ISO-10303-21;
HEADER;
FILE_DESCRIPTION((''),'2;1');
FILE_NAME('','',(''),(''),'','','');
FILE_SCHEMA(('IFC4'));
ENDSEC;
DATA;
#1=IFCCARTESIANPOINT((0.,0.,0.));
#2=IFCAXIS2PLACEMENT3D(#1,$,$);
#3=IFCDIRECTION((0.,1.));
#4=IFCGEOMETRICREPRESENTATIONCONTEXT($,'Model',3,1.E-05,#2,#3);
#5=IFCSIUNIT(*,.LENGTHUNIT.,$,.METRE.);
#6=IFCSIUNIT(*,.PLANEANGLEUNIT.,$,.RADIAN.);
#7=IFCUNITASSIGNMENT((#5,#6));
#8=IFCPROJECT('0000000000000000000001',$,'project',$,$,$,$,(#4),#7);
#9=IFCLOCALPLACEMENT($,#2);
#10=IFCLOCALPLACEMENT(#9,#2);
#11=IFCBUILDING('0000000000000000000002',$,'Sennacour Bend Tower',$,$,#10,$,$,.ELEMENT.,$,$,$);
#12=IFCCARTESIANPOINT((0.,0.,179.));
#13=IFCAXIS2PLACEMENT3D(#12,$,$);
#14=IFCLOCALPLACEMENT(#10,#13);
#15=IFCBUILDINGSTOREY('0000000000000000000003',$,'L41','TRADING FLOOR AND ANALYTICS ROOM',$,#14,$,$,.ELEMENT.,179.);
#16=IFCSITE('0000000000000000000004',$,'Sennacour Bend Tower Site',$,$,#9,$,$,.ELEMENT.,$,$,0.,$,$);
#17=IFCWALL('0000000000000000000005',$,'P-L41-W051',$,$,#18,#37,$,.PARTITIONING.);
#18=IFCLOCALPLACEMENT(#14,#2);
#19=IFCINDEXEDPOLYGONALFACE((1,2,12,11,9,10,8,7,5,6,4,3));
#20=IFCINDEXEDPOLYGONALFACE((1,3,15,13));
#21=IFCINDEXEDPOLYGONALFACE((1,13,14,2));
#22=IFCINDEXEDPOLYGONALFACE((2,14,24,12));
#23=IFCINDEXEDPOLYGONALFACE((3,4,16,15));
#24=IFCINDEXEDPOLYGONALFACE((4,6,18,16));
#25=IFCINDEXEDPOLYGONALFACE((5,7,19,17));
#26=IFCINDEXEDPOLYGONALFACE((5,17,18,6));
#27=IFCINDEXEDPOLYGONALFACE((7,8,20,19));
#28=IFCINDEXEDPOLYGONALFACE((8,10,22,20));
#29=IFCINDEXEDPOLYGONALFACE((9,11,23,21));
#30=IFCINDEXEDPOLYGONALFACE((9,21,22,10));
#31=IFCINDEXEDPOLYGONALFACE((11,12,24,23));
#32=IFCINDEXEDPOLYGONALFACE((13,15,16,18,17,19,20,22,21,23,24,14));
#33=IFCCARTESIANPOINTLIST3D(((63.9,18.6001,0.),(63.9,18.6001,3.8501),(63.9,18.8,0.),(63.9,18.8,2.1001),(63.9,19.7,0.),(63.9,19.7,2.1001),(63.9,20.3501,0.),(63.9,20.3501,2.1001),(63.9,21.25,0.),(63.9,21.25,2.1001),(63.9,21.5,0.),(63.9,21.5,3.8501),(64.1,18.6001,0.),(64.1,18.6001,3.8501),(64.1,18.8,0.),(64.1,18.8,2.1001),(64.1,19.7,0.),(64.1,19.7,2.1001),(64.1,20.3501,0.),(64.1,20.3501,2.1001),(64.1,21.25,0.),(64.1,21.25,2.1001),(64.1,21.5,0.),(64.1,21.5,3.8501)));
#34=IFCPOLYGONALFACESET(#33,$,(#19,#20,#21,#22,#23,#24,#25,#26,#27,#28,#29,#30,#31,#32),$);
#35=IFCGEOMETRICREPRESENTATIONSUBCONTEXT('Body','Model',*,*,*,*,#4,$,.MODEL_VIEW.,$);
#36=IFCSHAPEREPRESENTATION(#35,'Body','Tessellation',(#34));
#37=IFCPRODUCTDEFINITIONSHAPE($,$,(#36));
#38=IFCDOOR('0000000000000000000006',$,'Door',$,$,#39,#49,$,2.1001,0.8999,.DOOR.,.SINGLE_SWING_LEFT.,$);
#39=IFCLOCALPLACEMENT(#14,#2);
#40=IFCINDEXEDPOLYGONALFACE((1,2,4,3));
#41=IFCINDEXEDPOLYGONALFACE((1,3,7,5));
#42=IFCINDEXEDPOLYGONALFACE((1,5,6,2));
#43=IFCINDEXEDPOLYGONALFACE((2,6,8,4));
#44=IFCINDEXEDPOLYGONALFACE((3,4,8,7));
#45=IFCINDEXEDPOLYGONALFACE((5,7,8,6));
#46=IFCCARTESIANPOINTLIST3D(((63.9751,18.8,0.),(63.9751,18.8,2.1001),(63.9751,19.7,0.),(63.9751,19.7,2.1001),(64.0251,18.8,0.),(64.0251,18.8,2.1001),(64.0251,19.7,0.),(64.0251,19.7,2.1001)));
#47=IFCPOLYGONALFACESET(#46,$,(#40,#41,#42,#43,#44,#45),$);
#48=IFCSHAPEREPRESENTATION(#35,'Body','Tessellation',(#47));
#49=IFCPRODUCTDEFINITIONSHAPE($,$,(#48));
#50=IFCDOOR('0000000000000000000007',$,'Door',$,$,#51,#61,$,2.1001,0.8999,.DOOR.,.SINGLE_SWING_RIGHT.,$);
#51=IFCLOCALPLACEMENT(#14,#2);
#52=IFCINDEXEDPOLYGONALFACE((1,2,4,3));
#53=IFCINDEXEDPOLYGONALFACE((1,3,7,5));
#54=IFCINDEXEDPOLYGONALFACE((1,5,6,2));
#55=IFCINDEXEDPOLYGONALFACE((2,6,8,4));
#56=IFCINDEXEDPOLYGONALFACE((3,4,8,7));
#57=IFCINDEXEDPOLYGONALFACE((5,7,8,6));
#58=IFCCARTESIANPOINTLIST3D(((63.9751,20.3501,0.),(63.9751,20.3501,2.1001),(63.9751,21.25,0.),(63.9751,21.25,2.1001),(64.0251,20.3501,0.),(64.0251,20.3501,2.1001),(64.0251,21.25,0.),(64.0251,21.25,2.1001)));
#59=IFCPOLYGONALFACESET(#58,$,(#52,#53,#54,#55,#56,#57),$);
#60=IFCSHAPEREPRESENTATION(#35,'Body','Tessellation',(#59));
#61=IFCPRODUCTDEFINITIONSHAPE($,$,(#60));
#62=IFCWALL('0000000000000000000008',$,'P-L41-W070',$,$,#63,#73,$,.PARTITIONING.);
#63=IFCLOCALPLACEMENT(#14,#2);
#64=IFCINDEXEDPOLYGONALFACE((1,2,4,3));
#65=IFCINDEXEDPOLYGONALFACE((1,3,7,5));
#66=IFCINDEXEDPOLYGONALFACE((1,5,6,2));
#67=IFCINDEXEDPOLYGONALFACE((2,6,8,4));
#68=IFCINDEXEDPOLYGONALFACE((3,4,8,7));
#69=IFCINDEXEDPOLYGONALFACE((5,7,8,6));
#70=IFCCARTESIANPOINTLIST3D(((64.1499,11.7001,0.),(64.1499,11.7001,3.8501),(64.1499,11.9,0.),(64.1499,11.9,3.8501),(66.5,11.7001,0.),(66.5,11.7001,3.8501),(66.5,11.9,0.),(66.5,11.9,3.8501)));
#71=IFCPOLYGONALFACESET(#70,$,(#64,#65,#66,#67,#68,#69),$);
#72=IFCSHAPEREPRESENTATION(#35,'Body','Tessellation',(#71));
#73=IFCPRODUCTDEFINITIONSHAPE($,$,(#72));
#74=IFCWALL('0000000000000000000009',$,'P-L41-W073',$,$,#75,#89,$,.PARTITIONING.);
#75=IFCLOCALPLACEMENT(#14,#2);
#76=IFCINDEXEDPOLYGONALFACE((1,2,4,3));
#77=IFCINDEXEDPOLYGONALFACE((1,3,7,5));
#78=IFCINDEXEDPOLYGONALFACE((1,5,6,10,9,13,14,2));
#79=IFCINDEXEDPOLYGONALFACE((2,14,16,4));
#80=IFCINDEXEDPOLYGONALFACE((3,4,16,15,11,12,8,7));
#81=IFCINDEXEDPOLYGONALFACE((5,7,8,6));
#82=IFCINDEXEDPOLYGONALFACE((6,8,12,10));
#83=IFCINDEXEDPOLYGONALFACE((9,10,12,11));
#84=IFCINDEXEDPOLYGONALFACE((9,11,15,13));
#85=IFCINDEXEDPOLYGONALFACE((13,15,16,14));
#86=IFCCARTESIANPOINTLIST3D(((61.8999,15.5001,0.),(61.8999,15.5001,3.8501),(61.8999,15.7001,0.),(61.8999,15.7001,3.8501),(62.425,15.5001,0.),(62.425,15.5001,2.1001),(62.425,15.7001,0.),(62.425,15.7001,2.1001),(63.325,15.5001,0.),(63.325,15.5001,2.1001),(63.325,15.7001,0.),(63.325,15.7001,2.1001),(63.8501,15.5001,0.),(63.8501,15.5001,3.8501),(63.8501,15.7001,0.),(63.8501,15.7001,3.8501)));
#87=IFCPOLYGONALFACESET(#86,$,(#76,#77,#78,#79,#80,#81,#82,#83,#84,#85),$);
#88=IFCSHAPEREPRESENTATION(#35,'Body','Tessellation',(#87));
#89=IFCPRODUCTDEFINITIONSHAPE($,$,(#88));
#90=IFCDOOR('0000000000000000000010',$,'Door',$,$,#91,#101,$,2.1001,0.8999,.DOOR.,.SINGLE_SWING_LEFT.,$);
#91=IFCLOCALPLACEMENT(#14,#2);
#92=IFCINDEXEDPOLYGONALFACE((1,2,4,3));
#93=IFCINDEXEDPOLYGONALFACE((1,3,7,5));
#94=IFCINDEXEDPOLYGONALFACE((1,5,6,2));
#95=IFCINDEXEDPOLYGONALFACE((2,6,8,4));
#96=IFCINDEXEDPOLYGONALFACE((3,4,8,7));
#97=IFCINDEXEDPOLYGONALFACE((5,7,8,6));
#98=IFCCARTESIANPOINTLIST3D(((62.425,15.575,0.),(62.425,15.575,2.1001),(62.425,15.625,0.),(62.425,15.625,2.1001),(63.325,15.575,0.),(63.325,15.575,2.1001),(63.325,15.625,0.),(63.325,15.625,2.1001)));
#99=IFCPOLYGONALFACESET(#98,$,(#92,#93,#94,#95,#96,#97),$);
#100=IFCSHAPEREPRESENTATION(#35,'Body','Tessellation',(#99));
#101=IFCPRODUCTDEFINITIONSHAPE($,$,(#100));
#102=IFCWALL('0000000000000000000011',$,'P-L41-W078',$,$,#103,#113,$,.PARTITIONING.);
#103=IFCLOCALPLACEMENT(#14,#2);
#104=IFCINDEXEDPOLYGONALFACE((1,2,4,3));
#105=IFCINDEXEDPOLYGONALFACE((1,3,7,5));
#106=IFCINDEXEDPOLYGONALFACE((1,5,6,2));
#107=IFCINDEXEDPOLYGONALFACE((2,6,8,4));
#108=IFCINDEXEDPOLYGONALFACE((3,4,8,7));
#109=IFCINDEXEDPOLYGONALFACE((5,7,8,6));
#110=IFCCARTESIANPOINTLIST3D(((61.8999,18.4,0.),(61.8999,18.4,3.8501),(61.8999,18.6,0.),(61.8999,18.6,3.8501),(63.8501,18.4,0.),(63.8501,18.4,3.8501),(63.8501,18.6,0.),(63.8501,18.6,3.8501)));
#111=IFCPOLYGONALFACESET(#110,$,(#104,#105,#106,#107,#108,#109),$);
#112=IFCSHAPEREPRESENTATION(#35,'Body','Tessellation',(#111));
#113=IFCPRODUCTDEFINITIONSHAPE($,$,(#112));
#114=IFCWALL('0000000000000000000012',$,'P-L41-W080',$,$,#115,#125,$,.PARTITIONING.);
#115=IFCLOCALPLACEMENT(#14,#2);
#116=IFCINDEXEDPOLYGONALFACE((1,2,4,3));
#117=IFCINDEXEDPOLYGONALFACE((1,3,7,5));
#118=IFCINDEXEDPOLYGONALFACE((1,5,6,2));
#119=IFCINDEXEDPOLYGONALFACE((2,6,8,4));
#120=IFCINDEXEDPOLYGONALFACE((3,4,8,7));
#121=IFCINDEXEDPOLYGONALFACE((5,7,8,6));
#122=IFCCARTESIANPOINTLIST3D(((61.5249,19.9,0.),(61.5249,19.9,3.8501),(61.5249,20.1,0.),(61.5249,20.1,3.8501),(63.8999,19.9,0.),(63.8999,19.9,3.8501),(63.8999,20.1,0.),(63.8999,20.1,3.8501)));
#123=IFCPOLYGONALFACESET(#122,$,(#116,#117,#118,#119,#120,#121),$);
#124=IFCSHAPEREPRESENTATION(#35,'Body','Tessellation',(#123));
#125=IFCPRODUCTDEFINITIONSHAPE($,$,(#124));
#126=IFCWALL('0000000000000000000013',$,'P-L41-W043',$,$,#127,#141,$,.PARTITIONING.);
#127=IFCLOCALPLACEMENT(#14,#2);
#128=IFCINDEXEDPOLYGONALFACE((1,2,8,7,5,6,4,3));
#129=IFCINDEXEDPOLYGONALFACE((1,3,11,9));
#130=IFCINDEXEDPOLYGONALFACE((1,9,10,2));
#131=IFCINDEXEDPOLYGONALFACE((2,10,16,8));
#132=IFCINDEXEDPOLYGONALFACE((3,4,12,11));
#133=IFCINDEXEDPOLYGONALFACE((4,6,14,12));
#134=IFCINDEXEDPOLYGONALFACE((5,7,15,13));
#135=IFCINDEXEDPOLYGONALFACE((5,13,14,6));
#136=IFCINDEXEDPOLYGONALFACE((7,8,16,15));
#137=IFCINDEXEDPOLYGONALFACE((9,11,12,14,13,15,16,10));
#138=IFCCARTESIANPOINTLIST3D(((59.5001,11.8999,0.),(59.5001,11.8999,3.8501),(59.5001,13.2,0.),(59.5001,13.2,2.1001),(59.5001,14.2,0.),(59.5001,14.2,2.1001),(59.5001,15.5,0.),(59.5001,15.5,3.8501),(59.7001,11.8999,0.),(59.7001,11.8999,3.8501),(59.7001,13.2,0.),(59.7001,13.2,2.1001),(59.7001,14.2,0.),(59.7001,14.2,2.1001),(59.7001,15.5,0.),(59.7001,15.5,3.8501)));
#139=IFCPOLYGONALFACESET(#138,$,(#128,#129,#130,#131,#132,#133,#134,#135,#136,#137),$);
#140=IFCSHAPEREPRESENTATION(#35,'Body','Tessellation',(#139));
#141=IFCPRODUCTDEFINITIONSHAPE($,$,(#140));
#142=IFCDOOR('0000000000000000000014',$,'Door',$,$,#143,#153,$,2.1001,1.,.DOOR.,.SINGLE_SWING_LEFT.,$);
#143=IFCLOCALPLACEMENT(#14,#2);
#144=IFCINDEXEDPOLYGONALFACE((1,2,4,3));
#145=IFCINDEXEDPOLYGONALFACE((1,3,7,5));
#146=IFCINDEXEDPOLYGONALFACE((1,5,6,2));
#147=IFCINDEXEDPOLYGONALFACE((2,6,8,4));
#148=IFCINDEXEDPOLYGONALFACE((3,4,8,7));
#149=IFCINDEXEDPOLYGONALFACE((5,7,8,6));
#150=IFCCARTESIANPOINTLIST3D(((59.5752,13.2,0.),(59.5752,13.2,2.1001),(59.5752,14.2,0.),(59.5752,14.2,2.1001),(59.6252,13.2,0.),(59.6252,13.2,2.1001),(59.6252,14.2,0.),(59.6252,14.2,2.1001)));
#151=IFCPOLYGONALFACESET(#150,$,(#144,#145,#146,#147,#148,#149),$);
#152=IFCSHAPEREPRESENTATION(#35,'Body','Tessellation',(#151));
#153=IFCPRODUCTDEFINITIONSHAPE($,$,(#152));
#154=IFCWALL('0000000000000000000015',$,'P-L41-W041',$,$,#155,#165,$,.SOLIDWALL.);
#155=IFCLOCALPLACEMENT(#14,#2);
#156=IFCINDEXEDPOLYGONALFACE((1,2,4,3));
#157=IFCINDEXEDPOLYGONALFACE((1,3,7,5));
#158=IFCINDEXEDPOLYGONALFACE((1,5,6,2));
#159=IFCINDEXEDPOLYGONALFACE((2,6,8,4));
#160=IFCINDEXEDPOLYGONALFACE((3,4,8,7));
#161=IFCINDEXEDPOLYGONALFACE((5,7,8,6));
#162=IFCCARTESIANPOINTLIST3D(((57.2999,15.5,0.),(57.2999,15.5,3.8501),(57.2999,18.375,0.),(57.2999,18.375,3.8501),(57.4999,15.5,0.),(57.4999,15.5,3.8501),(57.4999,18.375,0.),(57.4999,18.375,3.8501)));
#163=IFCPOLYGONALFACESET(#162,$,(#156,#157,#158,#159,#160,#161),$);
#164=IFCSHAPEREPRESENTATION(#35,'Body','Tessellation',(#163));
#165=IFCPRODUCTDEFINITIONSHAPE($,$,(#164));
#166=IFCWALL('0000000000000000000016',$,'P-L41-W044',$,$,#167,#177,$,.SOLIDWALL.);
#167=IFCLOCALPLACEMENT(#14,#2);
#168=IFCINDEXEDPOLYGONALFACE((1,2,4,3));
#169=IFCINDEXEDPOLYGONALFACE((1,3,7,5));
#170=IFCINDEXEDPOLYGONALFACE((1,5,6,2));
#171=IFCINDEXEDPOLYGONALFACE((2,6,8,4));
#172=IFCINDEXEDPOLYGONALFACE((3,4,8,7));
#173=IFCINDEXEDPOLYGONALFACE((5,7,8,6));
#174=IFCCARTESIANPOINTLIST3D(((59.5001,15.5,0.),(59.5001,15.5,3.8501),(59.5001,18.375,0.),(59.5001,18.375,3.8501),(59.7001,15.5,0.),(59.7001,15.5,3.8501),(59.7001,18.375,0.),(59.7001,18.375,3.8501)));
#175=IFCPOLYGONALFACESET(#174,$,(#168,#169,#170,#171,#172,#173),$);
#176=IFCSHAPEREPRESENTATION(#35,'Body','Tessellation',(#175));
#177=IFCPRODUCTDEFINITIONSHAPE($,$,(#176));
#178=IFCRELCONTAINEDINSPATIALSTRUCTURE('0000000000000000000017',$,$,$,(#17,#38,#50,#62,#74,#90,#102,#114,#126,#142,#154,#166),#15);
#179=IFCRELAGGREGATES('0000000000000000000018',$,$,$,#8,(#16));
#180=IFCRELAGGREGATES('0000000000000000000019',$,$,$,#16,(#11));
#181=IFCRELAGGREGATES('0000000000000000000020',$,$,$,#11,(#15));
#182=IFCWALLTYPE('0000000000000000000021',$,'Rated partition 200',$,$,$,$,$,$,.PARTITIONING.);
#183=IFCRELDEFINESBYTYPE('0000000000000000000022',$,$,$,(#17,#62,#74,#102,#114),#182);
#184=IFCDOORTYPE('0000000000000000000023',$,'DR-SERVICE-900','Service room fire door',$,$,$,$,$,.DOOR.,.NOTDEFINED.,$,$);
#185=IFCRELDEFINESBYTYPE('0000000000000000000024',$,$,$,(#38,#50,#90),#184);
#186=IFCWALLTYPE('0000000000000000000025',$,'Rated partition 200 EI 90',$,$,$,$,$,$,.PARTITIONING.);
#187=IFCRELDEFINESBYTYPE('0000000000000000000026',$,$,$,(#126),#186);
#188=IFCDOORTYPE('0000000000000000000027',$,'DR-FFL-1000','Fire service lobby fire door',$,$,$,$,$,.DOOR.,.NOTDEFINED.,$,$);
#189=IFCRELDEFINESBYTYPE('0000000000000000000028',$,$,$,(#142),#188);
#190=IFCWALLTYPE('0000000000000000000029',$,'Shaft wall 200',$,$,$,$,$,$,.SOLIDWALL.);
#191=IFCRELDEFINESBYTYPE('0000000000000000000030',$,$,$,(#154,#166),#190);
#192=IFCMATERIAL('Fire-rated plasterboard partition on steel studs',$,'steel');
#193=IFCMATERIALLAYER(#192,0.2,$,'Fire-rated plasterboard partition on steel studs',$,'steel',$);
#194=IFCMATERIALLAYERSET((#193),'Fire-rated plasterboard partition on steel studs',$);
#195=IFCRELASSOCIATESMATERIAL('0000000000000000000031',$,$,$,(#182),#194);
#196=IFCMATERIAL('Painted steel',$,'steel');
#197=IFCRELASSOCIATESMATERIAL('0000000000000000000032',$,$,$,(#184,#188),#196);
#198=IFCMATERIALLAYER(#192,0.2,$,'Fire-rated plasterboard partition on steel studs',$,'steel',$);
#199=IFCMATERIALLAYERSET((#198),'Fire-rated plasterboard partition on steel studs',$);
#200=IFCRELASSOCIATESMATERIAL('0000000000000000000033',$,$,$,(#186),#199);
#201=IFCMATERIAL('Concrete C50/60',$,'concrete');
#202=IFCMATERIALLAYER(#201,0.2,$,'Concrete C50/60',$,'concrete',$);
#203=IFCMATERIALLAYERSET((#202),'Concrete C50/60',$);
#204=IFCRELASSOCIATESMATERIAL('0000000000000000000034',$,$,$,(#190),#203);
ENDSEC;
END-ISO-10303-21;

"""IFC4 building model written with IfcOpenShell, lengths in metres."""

from ifc_helpers import new_model, si_unit, direction, frame, frame_2d, origin, place, context, subcontext, project, spatial, rectangle, extrude, material, layer, layer_set, type_object, element, fill, save


model = new_model("IFC4")

# Units and contexts
model_context = context("Model", 3, precision=1e-05, world=origin(), true_north=direction((0.0, 1.0)))
body_context = subcontext(model_context, "Body", "Model", "MODEL_VIEW")
ifc_project = project(units=[si_unit("LENGTHUNIT", "METRE"), si_unit("PLANEANGLEUNIT", "RADIAN")], contexts=[model_context])

# Site, building, storey
site_placement = place(None, origin())
site = spatial("IfcSite", under=ifc_project, at=site_placement, Name="Sennacour Bend Tower Site", CompositionType="ELEMENT", RefElevation=0.0)
building_placement = place(site_placement, origin())
building = spatial("IfcBuilding", under=site, at=building_placement, Name="Sennacour Bend Tower", CompositionType="ELEMENT")
storey_placement = place(building_placement, frame((0.0, 0.0, 179.0)))
storey = spatial("IfcBuildingStorey", under=building, at=storey_placement, Name="L41", Description="TRADING FLOOR AND ANALYTICS ROOM", CompositionType="ELEMENT", Elevation=179.0)

# Wall, openings, doors
ifc_material_1 = material(Name="Fire-rated plasterboard partition on steel studs", Category="steel")
ifc_layer_1 = layer(ifc_material_1, 0.2, Name="Fire-rated plasterboard partition on steel studs", Category="steel")
ifc_layer_set_1 = layer_set([ifc_layer_1], Name="Fire-rated plasterboard partition on steel studs")
wall_type_1 = type_object("IfcWallType", Name="Rated partition 200", PredefinedType="PARTITIONING", material=ifc_layer_set_1)
wall_1_placement = place(storey_placement, frame((64.0, 18.6001, 0.0), z_axis=(0.0, 0.0, 1.0), x_axis=(0.0, 1.0, 0.0)))
wall_1 = element("IfcWall", 1, at=wall_1_placement, inside=storey, type_object=wall_type_1, Name="P-L41-W051", PredefinedType="PARTITIONING", context=body_context, shape_type="SweptSolid", body=[
    extrude(rectangle(XDim=2.8999, YDim=0.2, at=frame_2d((1.45, 0.0))), origin(), (0.0, 0.0, 1.0), 3.8501),
])
opening_1_placement = place(wall_1_placement, frame((0.2, 0.0, 0.0)))
opening_1 = element("IfcOpeningElement", 2, at=opening_1_placement, cuts=wall_1, PredefinedType="OPENING", context=body_context, shape_type="SweptSolid", body=[
    extrude(rectangle(XDim=0.8999, YDim=2.1001, at=frame_2d((0.45, 1.05))), frame((0.0, 0.1099, 0.0), z_axis=(0.0, -1.0, 0.0), x_axis=(1.0, 0.0, 0.0)), (0.0, 0.0, 1.0), 0.22),
])
opening_2_placement = place(wall_1_placement, frame((1.75, 0.0, 0.0)))
opening_2 = element("IfcOpeningElement", 3, at=opening_2_placement, cuts=wall_1, PredefinedType="OPENING", context=body_context, shape_type="SweptSolid", body=[
    extrude(rectangle(XDim=0.8999, YDim=2.1001, at=frame_2d((0.45, 1.05))), frame((0.0, 0.1099, 0.0), z_axis=(0.0, -1.0, 0.0), x_axis=(1.0, 0.0, 0.0)), (0.0, 0.0, 1.0), 0.22),
])
ifc_material_2 = material(Name="Painted steel", Category="steel")
door_type_1 = type_object("IfcDoorType", Name="DR-SERVICE-900", Description="Service room fire door", OperationType="NOTDEFINED", PredefinedType="DOOR", material=ifc_material_2)
door_1_placement = place(opening_1_placement, origin())
door_1 = element("IfcDoor", 4, at=door_1_placement, inside=storey, type_object=door_type_1, Name="Door", OperationType="SINGLE_SWING_LEFT", OverallHeight=2.1001, OverallWidth=0.8999, PredefinedType="DOOR", context=body_context, shape_type="SweptSolid", body=[
    extrude(rectangle(XDim=0.8999, YDim=2.1001, at=frame_2d((0.45, 1.05))), frame((0.0, 0.0249, 0.0), z_axis=(0.0, -1.0, 0.0), x_axis=(1.0, 0.0, 0.0)), (0.0, 0.0, 1.0), 0.05),
])
fill(opening_1, door_1)
door_2_placement = place(opening_2_placement, origin())
door_2 = element("IfcDoor", 5, at=door_2_placement, inside=storey, type_object=door_type_1, Name="Door", OperationType="SINGLE_SWING_RIGHT", OverallHeight=2.1001, OverallWidth=0.8999, PredefinedType="DOOR", context=body_context, shape_type="SweptSolid", body=[
    extrude(rectangle(XDim=0.8999, YDim=2.1001, at=frame_2d((0.45, 1.05))), frame((0.0, 0.0249, 0.0), z_axis=(0.0, -1.0, 0.0), x_axis=(1.0, 0.0, 0.0)), (0.0, 0.0, 1.0), 0.05),
])
fill(opening_2, door_2)

# Wall
wall_2_placement = place(storey_placement, frame((64.1499, 11.8, 0.0), z_axis=(0.0, 0.0, 1.0), x_axis=(1.0, 0.0, 0.0)))
element("IfcWall", 6, at=wall_2_placement, inside=storey, type_object=wall_type_1, Name="P-L41-W070", PredefinedType="PARTITIONING", context=body_context, shape_type="SweptSolid", body=[
    extrude(rectangle(XDim=2.3501, YDim=0.2, at=frame_2d((1.175, 0.0))), origin(), (0.0, 0.0, 1.0), 3.8501),
])

# Wall, opening, door
wall_3_placement = place(storey_placement, frame((61.8999, 15.6001, 0.0), z_axis=(0.0, 0.0, 1.0), x_axis=(1.0, 0.0, 0.0)))
wall_3 = element("IfcWall", 7, at=wall_3_placement, inside=storey, type_object=wall_type_1, Name="P-L41-W073", PredefinedType="PARTITIONING", context=body_context, shape_type="SweptSolid", body=[
    extrude(rectangle(XDim=1.9502, YDim=0.2, at=frame_2d((0.9751, 0.0))), origin(), (0.0, 0.0, 1.0), 3.8501),
])
opening_3_placement = place(wall_3_placement, frame((0.5251, 0.0, 0.0)))
opening_3 = element("IfcOpeningElement", 8, at=opening_3_placement, cuts=wall_3, PredefinedType="OPENING", context=body_context, shape_type="SweptSolid", body=[
    extrude(rectangle(XDim=0.8999, YDim=2.1001, at=frame_2d((0.45, 1.05))), frame((0.0, 0.1099, 0.0), z_axis=(0.0, -1.0, 0.0), x_axis=(1.0, 0.0, 0.0)), (0.0, 0.0, 1.0), 0.22),
])
door_3_placement = place(opening_3_placement, origin())
door_3 = element("IfcDoor", 9, at=door_3_placement, inside=storey, type_object=door_type_1, Name="Door", OperationType="SINGLE_SWING_LEFT", OverallHeight=2.1001, OverallWidth=0.8999, PredefinedType="DOOR", context=body_context, shape_type="SweptSolid", body=[
    extrude(rectangle(XDim=0.8999, YDim=2.1001, at=frame_2d((0.45, 1.05))), frame((0.0, 0.0249, 0.0), z_axis=(0.0, -1.0, 0.0), x_axis=(1.0, 0.0, 0.0)), (0.0, 0.0, 1.0), 0.05),
])
fill(opening_3, door_3)

# Walls
wall_4_placement = place(storey_placement, frame((61.8999, 18.5, 0.0), z_axis=(0.0, 0.0, 1.0), x_axis=(1.0, 0.0, 0.0)))
element("IfcWall", 10, at=wall_4_placement, inside=storey, type_object=wall_type_1, Name="P-L41-W078", PredefinedType="PARTITIONING", context=body_context, shape_type="SweptSolid", body=[
    extrude(rectangle(XDim=1.9502, YDim=0.2, at=frame_2d((0.9751, 0.0))), origin(), (0.0, 0.0, 1.0), 3.8501),
])
wall_5_placement = place(storey_placement, frame((61.5249, 20.0, 0.0), z_axis=(0.0, 0.0, 1.0), x_axis=(1.0, 0.0, 0.0)))
element("IfcWall", 11, at=wall_5_placement, inside=storey, type_object=wall_type_1, Name="P-L41-W080", PredefinedType="PARTITIONING", context=body_context, shape_type="SweptSolid", body=[
    extrude(rectangle(XDim=2.375, YDim=0.2, at=frame_2d((1.1875, 0.0))), origin(), (0.0, 0.0, 1.0), 3.8501),
])

# Wall, opening, door
ifc_layer_2 = layer(ifc_material_1, 0.2, Name="Fire-rated plasterboard partition on steel studs", Category="steel")
ifc_layer_set_2 = layer_set([ifc_layer_2], Name="Fire-rated plasterboard partition on steel studs")
wall_type_2 = type_object("IfcWallType", Name="Rated partition 200 EI 90", PredefinedType="PARTITIONING", material=ifc_layer_set_2)
wall_6_placement = place(storey_placement, frame((59.6001, 11.8999, 0.0), z_axis=(0.0, 0.0, 1.0), x_axis=(0.0, 1.0, 0.0)))
wall_6 = element("IfcWall", 12, at=wall_6_placement, inside=storey, type_object=wall_type_2, Name="P-L41-W043", PredefinedType="PARTITIONING", context=body_context, shape_type="SweptSolid", body=[
    extrude(rectangle(XDim=3.6001, YDim=0.2, at=frame_2d((1.8, 0.0))), origin(), (0.0, 0.0, 1.0), 3.8501),
])
opening_4_placement = place(wall_6_placement, frame((1.3, 0.0, 0.0)))
opening_4 = element("IfcOpeningElement", 13, at=opening_4_placement, cuts=wall_6, PredefinedType="OPENING", context=body_context, shape_type="SweptSolid", body=[
    extrude(rectangle(XDim=1.0, YDim=2.1001, at=frame_2d((0.5, 1.05))), frame((0.0, 0.1099, 0.0), z_axis=(0.0, -1.0, 0.0), x_axis=(1.0, 0.0, 0.0)), (0.0, 0.0, 1.0), 0.22),
])
door_type_2 = type_object("IfcDoorType", Name="DR-FFL-1000", Description="Fire service lobby fire door", OperationType="NOTDEFINED", PredefinedType="DOOR", material=ifc_material_2)
door_4_placement = place(opening_4_placement, origin())
door_4 = element("IfcDoor", 14, at=door_4_placement, inside=storey, type_object=door_type_2, Name="Door", OperationType="SINGLE_SWING_LEFT", OverallHeight=2.1001, OverallWidth=1.0, PredefinedType="DOOR", context=body_context, shape_type="SweptSolid", body=[
    extrude(rectangle(XDim=1.0, YDim=2.1001, at=frame_2d((0.5, 1.05))), frame((0.0, 0.0249, 0.0), z_axis=(0.0, -1.0, 0.0), x_axis=(1.0, 0.0, 0.0)), (0.0, 0.0, 1.0), 0.05),
])
fill(opening_4, door_4)

# Walls
ifc_material_3 = material(Name="Concrete C50/60", Category="concrete")
ifc_layer_3 = layer(ifc_material_3, 0.2, Name="Concrete C50/60", Category="concrete")
ifc_layer_set_3 = layer_set([ifc_layer_3], Name="Concrete C50/60")
wall_type_3 = type_object("IfcWallType", Name="Shaft wall 200", PredefinedType="SOLIDWALL", material=ifc_layer_set_3)
for number, where, z_axis, x_axis, name in (
    (15, (57.3999, 15.5, 0.0), (0.0, 0.0, 1.0), (0.0, 1.0, 0.0), "P-L41-W041"),
    (16, (59.6001, 15.5, 0.0), (0.0, 0.0, 1.0), (0.0, 1.0, 0.0), "P-L41-W044"),
):
    element("IfcWall", number, at=place(storey_placement, frame(where, z_axis=z_axis, x_axis=x_axis)), inside=storey, type_object=wall_type_3, Name=name, PredefinedType="SOLIDWALL", context=body_context, shape_type="SweptSolid", body=[
        extrude(rectangle(XDim=2.875, YDim=0.2, at=frame_2d((1.4375, 0.0))), origin(), (0.0, 0.0, 1.0), 3.8501),
    ])

save(model, "model.ifc")
